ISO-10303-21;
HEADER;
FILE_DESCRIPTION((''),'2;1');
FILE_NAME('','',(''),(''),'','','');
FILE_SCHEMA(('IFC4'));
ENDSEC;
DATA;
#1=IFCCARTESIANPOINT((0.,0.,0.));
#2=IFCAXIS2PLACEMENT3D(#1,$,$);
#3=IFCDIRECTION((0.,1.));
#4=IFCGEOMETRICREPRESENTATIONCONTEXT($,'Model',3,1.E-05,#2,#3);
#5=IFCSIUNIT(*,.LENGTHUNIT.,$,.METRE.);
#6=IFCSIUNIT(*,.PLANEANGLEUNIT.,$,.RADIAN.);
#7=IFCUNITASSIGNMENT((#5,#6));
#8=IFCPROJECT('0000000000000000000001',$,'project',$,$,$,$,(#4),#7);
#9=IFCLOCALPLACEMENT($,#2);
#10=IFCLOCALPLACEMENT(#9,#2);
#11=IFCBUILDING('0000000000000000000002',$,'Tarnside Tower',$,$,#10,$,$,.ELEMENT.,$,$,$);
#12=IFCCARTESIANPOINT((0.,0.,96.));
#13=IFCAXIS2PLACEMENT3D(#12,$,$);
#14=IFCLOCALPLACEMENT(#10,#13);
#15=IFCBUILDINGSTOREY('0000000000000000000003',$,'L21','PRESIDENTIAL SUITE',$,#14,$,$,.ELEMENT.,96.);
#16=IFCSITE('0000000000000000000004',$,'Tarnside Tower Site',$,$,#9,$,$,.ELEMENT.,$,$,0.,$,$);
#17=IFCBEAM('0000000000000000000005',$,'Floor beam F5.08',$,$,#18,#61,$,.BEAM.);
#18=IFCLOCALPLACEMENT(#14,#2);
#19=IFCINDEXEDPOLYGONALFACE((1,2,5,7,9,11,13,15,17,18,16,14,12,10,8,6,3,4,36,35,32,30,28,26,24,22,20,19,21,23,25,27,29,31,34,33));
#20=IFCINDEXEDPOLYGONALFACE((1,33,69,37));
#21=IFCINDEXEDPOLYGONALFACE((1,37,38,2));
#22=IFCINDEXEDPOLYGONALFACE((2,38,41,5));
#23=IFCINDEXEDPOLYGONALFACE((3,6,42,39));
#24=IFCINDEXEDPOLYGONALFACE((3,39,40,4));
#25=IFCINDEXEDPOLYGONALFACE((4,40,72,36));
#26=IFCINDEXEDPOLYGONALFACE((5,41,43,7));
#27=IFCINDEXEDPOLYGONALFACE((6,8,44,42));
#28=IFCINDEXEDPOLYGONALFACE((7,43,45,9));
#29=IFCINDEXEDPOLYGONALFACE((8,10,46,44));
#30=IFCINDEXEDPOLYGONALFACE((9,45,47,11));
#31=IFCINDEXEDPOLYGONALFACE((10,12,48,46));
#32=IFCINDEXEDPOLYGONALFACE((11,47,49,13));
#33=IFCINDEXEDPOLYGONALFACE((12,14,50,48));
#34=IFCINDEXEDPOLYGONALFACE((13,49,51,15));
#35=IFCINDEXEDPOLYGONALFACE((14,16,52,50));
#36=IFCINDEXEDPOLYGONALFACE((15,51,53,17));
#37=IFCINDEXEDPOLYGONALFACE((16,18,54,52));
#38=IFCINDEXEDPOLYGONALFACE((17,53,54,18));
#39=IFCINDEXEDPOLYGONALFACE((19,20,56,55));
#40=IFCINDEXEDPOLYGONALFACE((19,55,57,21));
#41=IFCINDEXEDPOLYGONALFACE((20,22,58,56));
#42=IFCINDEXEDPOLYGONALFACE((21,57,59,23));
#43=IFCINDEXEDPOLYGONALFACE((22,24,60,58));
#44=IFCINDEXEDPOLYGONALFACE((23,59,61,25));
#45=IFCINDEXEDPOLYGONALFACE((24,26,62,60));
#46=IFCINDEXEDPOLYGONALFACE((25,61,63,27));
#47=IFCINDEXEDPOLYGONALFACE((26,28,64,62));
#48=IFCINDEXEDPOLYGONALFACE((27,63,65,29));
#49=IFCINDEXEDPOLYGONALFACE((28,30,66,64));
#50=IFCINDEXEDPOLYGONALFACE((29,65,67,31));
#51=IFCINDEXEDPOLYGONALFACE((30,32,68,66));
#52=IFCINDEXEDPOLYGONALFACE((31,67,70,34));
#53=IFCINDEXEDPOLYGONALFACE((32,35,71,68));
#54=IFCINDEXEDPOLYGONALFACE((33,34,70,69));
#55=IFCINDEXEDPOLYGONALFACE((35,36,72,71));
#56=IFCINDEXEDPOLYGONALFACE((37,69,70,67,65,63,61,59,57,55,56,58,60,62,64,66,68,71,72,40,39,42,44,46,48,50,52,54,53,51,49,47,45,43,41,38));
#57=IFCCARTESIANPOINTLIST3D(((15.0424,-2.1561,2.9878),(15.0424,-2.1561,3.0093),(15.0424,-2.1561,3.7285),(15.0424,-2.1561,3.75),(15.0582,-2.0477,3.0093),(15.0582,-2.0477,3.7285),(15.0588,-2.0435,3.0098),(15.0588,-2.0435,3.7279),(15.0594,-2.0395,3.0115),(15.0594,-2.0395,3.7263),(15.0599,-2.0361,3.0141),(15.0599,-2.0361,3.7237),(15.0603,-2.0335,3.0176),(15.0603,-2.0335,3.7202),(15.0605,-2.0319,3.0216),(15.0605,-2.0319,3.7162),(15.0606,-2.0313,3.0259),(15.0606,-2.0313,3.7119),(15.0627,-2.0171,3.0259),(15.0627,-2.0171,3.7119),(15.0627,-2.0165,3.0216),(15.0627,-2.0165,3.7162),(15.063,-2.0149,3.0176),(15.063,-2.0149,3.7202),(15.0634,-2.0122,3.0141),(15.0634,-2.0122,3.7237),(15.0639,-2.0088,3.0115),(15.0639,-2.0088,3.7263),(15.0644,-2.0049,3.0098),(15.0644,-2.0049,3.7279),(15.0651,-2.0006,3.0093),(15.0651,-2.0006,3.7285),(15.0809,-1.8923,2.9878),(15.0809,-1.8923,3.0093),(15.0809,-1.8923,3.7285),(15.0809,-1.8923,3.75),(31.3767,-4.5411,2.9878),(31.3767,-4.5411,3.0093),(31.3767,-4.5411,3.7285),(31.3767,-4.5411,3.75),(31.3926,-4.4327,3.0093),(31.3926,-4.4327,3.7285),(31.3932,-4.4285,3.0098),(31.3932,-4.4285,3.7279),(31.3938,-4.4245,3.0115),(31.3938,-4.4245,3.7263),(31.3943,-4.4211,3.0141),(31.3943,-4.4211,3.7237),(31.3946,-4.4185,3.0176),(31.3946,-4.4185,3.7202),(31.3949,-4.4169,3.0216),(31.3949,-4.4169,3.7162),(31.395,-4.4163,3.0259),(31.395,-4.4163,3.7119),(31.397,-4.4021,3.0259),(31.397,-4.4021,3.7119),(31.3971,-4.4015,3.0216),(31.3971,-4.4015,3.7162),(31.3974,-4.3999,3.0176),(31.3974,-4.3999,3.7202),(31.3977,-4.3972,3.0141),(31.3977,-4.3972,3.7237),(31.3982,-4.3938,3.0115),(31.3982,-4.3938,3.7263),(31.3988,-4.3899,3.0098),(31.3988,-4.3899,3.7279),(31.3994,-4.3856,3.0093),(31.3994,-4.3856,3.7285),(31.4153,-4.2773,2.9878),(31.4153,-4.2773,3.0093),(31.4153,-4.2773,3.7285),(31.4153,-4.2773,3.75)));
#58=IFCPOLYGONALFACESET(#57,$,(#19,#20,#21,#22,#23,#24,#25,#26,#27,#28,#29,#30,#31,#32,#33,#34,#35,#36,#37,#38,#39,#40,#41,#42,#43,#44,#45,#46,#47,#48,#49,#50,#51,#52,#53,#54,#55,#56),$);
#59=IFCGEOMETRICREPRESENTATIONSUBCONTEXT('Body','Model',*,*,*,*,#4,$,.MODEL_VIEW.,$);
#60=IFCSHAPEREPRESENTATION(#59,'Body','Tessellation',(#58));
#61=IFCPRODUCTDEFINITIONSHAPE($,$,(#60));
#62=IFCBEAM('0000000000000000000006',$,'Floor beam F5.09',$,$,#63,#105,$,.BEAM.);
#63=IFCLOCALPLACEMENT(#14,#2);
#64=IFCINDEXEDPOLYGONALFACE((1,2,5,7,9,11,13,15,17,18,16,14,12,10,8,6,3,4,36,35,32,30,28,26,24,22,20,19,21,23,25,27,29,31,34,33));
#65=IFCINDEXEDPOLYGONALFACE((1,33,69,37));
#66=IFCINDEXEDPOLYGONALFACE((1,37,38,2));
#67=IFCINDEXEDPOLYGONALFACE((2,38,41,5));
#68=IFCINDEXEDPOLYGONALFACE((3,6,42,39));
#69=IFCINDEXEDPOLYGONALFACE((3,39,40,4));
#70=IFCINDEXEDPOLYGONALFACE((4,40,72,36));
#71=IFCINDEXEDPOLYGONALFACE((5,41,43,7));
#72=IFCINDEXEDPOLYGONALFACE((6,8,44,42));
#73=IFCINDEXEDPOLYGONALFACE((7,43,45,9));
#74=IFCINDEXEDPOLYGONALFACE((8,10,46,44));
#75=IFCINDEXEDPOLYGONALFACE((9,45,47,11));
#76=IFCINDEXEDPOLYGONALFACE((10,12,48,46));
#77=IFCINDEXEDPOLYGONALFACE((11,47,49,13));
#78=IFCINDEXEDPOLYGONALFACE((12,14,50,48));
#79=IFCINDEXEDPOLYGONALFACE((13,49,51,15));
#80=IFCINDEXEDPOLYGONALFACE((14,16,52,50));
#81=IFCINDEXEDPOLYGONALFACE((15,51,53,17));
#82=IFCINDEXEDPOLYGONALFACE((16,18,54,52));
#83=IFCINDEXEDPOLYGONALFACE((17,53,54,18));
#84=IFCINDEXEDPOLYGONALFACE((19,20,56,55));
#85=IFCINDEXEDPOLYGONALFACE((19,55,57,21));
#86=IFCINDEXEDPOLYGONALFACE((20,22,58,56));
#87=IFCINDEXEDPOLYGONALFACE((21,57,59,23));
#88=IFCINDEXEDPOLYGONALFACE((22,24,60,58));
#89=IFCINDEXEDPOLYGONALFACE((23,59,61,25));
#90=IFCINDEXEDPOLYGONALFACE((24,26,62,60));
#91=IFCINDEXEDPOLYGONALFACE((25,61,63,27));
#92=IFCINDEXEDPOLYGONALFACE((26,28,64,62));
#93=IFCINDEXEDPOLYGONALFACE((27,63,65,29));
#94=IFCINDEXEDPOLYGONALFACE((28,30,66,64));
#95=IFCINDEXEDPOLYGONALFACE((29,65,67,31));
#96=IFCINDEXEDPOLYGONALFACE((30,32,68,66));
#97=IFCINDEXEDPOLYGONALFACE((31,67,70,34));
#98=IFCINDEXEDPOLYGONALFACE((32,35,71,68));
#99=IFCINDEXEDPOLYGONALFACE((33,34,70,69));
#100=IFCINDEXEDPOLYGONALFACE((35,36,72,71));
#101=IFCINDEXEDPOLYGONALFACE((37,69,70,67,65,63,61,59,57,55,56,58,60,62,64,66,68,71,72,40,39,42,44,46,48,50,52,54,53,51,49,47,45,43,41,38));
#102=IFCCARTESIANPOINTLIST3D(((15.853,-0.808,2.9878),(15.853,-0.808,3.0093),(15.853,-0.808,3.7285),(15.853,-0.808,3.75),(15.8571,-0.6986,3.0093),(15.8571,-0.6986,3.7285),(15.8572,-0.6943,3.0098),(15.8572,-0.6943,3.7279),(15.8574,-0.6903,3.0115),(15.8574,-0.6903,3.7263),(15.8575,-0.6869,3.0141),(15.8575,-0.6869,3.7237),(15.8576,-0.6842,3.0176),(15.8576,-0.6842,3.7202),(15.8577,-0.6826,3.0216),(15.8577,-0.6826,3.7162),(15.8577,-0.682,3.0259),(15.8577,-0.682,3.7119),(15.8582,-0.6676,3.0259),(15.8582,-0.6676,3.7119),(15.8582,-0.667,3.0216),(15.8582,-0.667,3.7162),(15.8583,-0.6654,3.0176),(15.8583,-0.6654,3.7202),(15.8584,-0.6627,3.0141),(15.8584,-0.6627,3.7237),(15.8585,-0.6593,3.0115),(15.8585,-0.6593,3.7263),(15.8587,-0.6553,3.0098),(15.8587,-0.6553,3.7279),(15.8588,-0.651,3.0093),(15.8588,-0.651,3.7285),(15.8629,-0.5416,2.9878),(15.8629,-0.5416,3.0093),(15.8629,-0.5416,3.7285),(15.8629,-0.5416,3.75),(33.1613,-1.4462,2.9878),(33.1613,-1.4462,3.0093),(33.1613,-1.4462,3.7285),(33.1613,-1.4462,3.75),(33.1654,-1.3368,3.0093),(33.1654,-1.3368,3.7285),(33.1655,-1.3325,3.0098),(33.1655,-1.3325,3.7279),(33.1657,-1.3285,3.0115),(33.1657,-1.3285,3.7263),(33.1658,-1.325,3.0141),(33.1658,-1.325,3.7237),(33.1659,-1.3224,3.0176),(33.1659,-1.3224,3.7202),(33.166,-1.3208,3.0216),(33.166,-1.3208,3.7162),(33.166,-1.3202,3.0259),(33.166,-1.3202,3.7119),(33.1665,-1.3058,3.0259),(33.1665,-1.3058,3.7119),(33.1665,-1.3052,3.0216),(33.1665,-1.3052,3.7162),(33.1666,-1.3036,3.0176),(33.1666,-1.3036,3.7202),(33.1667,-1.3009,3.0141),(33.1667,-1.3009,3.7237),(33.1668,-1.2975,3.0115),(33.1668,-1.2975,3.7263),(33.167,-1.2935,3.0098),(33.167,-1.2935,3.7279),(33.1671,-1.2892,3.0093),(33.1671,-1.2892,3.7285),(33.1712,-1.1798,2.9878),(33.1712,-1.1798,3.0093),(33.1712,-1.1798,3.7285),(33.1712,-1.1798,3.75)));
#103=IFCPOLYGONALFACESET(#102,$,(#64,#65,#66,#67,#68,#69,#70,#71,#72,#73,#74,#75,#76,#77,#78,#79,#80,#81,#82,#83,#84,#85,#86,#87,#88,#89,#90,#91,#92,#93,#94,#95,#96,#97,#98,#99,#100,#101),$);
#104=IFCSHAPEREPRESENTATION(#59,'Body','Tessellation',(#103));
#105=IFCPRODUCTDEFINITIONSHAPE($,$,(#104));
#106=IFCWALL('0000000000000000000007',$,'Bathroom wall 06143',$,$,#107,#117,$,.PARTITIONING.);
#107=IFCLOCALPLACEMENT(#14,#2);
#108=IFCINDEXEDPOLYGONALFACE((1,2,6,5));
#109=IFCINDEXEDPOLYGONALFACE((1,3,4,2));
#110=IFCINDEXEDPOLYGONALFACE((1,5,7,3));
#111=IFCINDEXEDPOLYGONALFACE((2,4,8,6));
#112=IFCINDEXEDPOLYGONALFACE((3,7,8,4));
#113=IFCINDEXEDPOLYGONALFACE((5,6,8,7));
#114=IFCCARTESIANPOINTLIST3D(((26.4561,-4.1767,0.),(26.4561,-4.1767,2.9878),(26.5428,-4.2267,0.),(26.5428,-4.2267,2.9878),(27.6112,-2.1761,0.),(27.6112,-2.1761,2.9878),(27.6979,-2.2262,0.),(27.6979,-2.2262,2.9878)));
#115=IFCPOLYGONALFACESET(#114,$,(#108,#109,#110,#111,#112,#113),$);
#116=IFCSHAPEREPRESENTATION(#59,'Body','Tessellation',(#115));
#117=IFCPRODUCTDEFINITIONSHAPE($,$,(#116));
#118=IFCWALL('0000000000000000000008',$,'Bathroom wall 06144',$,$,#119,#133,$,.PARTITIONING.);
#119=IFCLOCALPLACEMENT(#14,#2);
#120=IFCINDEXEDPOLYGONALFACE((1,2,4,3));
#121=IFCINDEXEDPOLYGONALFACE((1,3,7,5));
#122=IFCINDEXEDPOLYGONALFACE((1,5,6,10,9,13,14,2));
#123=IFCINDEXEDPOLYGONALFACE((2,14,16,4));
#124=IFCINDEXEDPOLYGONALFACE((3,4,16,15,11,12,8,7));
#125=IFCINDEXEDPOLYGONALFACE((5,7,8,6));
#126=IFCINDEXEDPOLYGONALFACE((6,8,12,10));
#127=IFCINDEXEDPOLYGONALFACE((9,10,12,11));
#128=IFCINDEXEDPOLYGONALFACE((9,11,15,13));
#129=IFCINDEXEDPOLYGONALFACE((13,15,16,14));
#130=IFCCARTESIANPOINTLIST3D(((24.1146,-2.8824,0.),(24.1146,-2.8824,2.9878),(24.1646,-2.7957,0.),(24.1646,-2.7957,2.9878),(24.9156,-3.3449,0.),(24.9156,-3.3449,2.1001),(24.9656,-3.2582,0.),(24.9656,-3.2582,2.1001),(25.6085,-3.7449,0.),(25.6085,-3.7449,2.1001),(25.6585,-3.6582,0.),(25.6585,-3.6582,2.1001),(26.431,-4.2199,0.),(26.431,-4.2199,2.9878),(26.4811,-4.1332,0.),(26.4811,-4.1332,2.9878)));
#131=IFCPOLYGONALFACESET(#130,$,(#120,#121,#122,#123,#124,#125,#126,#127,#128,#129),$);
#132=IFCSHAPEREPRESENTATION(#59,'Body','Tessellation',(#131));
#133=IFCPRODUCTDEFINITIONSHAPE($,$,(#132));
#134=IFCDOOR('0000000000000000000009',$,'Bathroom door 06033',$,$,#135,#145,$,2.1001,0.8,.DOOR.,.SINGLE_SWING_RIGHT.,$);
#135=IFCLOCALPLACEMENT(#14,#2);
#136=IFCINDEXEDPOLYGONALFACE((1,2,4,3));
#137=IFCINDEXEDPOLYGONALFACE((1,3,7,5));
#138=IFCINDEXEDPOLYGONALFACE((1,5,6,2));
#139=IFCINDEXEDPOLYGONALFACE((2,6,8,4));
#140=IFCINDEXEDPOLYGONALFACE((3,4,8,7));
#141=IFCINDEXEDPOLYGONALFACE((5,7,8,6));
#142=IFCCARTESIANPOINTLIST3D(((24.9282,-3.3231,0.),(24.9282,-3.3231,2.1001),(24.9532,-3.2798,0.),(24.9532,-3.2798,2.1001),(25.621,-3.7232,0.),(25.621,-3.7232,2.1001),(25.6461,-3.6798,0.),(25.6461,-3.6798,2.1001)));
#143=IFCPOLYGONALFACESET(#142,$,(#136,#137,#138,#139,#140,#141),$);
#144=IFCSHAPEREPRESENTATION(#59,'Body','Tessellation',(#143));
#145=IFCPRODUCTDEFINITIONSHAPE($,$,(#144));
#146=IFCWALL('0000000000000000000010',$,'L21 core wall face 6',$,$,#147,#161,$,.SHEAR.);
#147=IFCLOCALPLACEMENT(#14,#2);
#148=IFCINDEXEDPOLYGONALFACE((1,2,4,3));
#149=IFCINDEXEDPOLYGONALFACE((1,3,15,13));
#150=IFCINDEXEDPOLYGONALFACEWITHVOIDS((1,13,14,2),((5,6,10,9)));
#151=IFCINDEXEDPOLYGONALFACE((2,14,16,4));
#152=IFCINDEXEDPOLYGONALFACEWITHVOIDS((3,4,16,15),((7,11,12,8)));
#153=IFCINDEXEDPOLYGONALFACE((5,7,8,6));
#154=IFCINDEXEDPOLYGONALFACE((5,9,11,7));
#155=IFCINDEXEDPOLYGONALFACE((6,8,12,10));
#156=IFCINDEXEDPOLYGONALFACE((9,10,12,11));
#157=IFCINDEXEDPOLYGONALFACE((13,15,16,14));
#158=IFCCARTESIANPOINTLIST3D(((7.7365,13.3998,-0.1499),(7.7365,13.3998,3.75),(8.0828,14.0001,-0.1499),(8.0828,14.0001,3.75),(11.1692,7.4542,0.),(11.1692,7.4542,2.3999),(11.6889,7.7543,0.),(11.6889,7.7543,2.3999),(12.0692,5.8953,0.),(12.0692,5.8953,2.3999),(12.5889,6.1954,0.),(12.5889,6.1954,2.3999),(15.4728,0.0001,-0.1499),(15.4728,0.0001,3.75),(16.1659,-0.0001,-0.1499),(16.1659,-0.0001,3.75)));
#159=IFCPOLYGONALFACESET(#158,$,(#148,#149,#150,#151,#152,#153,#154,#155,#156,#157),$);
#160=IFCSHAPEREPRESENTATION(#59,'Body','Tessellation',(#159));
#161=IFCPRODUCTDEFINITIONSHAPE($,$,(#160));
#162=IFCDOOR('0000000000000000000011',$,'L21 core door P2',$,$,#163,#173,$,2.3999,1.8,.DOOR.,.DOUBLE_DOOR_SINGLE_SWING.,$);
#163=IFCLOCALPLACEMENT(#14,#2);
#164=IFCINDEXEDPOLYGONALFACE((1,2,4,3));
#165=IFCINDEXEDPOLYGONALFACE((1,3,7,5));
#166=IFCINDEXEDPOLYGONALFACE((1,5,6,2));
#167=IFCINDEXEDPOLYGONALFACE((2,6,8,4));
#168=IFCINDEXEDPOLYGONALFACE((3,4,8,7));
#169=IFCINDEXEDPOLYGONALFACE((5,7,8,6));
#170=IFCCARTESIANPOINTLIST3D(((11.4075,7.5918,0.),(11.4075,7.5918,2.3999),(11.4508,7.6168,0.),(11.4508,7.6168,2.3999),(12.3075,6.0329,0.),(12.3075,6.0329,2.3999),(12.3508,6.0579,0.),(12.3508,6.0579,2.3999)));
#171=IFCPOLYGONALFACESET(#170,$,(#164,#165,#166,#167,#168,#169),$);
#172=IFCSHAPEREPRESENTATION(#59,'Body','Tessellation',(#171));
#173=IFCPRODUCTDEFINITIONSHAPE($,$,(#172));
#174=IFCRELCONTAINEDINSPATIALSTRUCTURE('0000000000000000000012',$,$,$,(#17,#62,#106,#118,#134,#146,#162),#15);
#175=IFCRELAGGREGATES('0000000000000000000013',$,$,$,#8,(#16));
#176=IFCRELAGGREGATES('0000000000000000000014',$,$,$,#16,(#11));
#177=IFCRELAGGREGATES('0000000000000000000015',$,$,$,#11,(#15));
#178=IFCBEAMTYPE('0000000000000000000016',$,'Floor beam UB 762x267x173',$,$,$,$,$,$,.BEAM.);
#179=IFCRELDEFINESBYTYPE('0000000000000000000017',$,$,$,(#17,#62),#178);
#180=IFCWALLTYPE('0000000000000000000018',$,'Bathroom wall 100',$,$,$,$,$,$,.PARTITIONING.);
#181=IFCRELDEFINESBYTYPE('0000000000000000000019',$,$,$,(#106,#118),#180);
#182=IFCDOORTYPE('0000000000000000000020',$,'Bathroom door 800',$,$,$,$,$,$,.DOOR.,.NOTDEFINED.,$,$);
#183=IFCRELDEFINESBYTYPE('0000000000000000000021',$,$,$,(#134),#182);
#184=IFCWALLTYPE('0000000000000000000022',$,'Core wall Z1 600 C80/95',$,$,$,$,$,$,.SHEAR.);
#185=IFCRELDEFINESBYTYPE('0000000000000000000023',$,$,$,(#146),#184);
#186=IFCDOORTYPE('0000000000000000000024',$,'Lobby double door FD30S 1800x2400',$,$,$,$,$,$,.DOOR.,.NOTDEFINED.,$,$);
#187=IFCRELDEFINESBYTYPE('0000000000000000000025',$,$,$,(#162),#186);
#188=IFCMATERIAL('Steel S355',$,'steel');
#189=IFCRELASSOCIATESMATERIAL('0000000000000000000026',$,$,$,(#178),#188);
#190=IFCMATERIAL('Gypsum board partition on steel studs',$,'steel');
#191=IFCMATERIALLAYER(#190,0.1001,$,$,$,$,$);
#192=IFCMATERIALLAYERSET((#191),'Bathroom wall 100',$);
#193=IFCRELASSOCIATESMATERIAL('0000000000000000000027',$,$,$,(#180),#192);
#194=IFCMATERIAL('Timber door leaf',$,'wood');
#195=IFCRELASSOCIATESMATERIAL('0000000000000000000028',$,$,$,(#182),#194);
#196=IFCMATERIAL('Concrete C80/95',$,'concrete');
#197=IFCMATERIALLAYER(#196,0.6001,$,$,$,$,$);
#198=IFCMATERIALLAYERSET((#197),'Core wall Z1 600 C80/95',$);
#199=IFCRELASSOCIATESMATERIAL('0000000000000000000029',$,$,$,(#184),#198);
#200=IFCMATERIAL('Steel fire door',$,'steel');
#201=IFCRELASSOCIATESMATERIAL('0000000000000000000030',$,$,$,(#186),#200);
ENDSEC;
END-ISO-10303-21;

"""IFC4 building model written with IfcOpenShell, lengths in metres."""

from ifc_helpers import new_model, si_unit, direction, frame, frame_2d, origin, origin_2d, place, context, subcontext, project, spatial, polyline, rectangle, i_section, outline, extrude, material, layer, layer_set, material_profile, profile_set, type_object, element, fill, save


model = new_model("IFC4")

# Units and contexts
model_context = context("Model", 3, precision=1e-05, world=origin(), true_north=direction((0.0, 1.0)))
body_context = subcontext(model_context, "Body", "Model", "MODEL_VIEW")
ifc_project = project(units=[si_unit("LENGTHUNIT", "METRE"), si_unit("PLANEANGLEUNIT", "RADIAN")], contexts=[model_context])

# Site, building, storey
site_placement = place(None, origin())
site = spatial("IfcSite", under=ifc_project, at=site_placement, Name="Tarnside Tower Site", CompositionType="ELEMENT", RefElevation=0.0)
building_placement = place(site_placement, origin())
building = spatial("IfcBuilding", under=site, at=building_placement, Name="Tarnside Tower", CompositionType="ELEMENT")
storey_placement = place(building_placement, frame((0.0, 0.0, 96.0)))
storey = spatial("IfcBuildingStorey", under=building, at=storey_placement, Name="L21", Description="PRESIDENTIAL SUITE", CompositionType="ELEMENT", Elevation=96.0)

# Beams
ifc_material_1 = material(Name="Steel S355", Category="steel")
ifc_material_profile_1 = material_profile(ifc_material_1, i_section(OverallWidth=0.2666, OverallDepth=0.7622, WebThickness=0.0144, FlangeThickness=0.0215, FilletRadius=0.0166, at=origin_2d()), Name="UB 762x267x173")
ifc_profile_set_1 = profile_set([ifc_material_profile_1], Name="Steel S355")
beam_type_1 = type_object("IfcBeamType", Name="Floor beam UB 762x267x173", PredefinedType="BEAM", material=ifc_profile_set_1)
beam_1_placement = place(storey_placement, frame((31.396, -4.4092, 3.3689), z_axis=(-0.989508, 0.144479, 0.0), x_axis=(-0.144479, -0.989508, 0.0)))
element("IfcBeam", 1, at=beam_1_placement, inside=storey, type_object=beam_type_1, Name="Floor beam F5.08", PredefinedType="BEAM", context=body_context, shape_type="SweptSolid", body=[
    extrude(i_section(OverallWidth=0.2666, OverallDepth=0.7622, WebThickness=0.0144, FlangeThickness=0.0215, FilletRadius=0.0166, at=origin_2d()), origin(), (0.0, 0.0, 1.0), 16.5076),
])
beam_2_placement = place(storey_placement, frame((33.1663, -1.313, 3.3689), z_axis=(-0.999321, 0.036846, 0.0), x_axis=(-0.036846, -0.999321, 0.0)))
element("IfcBeam", 2, at=beam_2_placement, inside=storey, type_object=beam_type_1, Name="Floor beam F5.09", PredefinedType="BEAM", context=body_context, shape_type="SweptSolid", body=[
    extrude(i_section(OverallWidth=0.2666, OverallDepth=0.7622, WebThickness=0.0144, FlangeThickness=0.0215, FilletRadius=0.0166, at=origin_2d()), origin(), (0.0, 0.0, 1.0), 17.3201),
])

# Wall
ifc_material_2 = material(Name="Gypsum board partition on steel studs", Category="steel")
ifc_layer_1 = layer(ifc_material_2, 0.1001)
ifc_layer_set_1 = layer_set([ifc_layer_1], Name="Bathroom wall 100")
wall_type_1 = type_object("IfcWallType", Name="Bathroom wall 100", PredefinedType="PARTITIONING", material=ifc_layer_set_1)
wall_1_placement = place(storey_placement, frame((27.6545, -2.2012, 0.0), z_axis=(0.0, 0.0, 1.0), x_axis=(-0.500015, -0.866017, 0.0)))
element("IfcWall", 3, at=wall_1_placement, inside=storey, type_object=wall_type_1, Name="Bathroom wall 06143", PredefinedType="PARTITIONING", context=body_context, shape_type="SweptSolid", body=[
    extrude(rectangle(XDim=2.3101, YDim=0.1001, at=frame_2d((1.155, 0.0))), origin(), (0.0, 0.0, 1.0), 2.9878),
])

# Walls, openings, doors
wall_2_placement = place(storey_placement, frame((26.4561, -4.1765, 0.0), z_axis=(0.0, 0.0, 1.0), x_axis=(-0.866021, 0.500007, 0.0)))
wall_2 = element("IfcWall", 4, at=wall_2_placement, inside=storey, type_object=wall_type_1, Name="Bathroom wall 06144", PredefinedType="PARTITIONING", context=body_context, shape_type="SweptSolid", body=[
    extrude(rectangle(XDim=2.6748, YDim=0.1001, at=frame_2d((1.3374, 0.0))), origin(), (0.0, 0.0, 1.0), 2.9878),
])
opening_1_placement = place(wall_2_placement, frame((0.95, 0.0, 0.0)))
opening_1 = element("IfcOpeningElement", 5, at=opening_1_placement, cuts=wall_2, PredefinedType="OPENING", context=body_context, shape_type="SweptSolid", body=[
    extrude(rectangle(XDim=0.8, YDim=2.1001, at=frame_2d((0.3999, 1.05))), frame((0.0, 0.0601, 0.0), z_axis=(0.0, -1.0, 0.0), x_axis=(1.0, 0.0, 0.0)), (0.0, 0.0, 1.0), 0.1201),
])
ifc_material_3 = material(Name="Timber door leaf", Category="wood")
door_type_1 = type_object("IfcDoorType", Name="Bathroom door 800", OperationType="NOTDEFINED", PredefinedType="DOOR", material=ifc_material_3)
door_1_placement = place(opening_1_placement, origin())
door_1 = element("IfcDoor", 6, at=door_1_placement, inside=storey, type_object=door_type_1, Name="Bathroom door 06033", OperationType="SINGLE_SWING_RIGHT", OverallHeight=2.1001, OverallWidth=0.8, PredefinedType="DOOR", context=body_context, shape_type="SweptSolid", body=[
    extrude(rectangle(XDim=0.8, YDim=2.1001, at=frame_2d((0.3999, 1.05))), frame((0.0, 0.0249, 0.0), z_axis=(0.0, -1.0, 0.0), x_axis=(1.0, 0.0, 0.0)), (0.0, 0.0, 1.0), 0.05),
])
fill(opening_1, door_1)
ifc_material_4 = material(Name="Concrete C80/95", Category="concrete")
ifc_layer_2 = layer(ifc_material_4, 0.6001)
ifc_layer_set_2 = layer_set([ifc_layer_2], Name="Core wall Z1 600 C80/95")
wall_type_2 = type_object("IfcWallType", Name="Core wall Z1 600 C80/95", PredefinedType="SHEAR", material=ifc_layer_set_2)
wall_3_placement = place(storey_placement, frame((15.8193, 0.0, -0.1499), z_axis=(0.0, 0.0, 1.0), x_axis=(-0.5, 0.866025, 0.0)))
wall_3 = element("IfcWall", 7, at=wall_3_placement, inside=storey, type_object=wall_type_2, Name="L21 core wall face 6", PredefinedType="SHEAR", context=body_context, shape_type="SweptSolid", body=[
    extrude(outline(polyline([(-0.1733, -0.3), (15.9927, -0.3), (15.646, 0.3), (0.1733, 0.3), (-0.1733, -0.3)])), origin(), (0.0, 0.0, 1.0), 3.8999),
])
opening_2_placement = place(wall_3_placement, frame((6.9807, 0.0, 0.1499)))
opening_2 = element("IfcOpeningElement", 8, at=opening_2_placement, cuts=wall_3, PredefinedType="OPENING", context=body_context, shape_type="SweptSolid", body=[
    extrude(rectangle(XDim=1.8, YDim=2.3999, at=frame_2d((0.8999, 1.2))), frame((0.0, 0.3101, 0.0), z_axis=(0.0, -1.0, 0.0), x_axis=(1.0, 0.0, 0.0)), (0.0, 0.0, 1.0), 0.6201),
])
ifc_material_5 = material(Name="Steel fire door", Category="steel")
door_type_2 = type_object("IfcDoorType", Name="Lobby double door FD30S 1800x2400", OperationType="NOTDEFINED", PredefinedType="DOOR", material=ifc_material_5)
door_2_placement = place(opening_2_placement, origin())
door_2 = element("IfcDoor", 9, at=door_2_placement, inside=storey, type_object=door_type_2, Name="L21 core door P2", OperationType="DOUBLE_DOOR_SINGLE_SWING", OverallHeight=2.3999, OverallWidth=1.8, PredefinedType="DOOR", context=body_context, shape_type="SweptSolid", body=[
    extrude(rectangle(XDim=1.8, YDim=2.3999, at=frame_2d((0.8999, 1.2))), frame((0.0, 0.0249, 0.0), z_axis=(0.0, -1.0, 0.0), x_axis=(1.0, 0.0, 0.0)), (0.0, 0.0, 1.0), 0.05),
])
fill(opening_2, door_2)

save(model, "model.ifc")
